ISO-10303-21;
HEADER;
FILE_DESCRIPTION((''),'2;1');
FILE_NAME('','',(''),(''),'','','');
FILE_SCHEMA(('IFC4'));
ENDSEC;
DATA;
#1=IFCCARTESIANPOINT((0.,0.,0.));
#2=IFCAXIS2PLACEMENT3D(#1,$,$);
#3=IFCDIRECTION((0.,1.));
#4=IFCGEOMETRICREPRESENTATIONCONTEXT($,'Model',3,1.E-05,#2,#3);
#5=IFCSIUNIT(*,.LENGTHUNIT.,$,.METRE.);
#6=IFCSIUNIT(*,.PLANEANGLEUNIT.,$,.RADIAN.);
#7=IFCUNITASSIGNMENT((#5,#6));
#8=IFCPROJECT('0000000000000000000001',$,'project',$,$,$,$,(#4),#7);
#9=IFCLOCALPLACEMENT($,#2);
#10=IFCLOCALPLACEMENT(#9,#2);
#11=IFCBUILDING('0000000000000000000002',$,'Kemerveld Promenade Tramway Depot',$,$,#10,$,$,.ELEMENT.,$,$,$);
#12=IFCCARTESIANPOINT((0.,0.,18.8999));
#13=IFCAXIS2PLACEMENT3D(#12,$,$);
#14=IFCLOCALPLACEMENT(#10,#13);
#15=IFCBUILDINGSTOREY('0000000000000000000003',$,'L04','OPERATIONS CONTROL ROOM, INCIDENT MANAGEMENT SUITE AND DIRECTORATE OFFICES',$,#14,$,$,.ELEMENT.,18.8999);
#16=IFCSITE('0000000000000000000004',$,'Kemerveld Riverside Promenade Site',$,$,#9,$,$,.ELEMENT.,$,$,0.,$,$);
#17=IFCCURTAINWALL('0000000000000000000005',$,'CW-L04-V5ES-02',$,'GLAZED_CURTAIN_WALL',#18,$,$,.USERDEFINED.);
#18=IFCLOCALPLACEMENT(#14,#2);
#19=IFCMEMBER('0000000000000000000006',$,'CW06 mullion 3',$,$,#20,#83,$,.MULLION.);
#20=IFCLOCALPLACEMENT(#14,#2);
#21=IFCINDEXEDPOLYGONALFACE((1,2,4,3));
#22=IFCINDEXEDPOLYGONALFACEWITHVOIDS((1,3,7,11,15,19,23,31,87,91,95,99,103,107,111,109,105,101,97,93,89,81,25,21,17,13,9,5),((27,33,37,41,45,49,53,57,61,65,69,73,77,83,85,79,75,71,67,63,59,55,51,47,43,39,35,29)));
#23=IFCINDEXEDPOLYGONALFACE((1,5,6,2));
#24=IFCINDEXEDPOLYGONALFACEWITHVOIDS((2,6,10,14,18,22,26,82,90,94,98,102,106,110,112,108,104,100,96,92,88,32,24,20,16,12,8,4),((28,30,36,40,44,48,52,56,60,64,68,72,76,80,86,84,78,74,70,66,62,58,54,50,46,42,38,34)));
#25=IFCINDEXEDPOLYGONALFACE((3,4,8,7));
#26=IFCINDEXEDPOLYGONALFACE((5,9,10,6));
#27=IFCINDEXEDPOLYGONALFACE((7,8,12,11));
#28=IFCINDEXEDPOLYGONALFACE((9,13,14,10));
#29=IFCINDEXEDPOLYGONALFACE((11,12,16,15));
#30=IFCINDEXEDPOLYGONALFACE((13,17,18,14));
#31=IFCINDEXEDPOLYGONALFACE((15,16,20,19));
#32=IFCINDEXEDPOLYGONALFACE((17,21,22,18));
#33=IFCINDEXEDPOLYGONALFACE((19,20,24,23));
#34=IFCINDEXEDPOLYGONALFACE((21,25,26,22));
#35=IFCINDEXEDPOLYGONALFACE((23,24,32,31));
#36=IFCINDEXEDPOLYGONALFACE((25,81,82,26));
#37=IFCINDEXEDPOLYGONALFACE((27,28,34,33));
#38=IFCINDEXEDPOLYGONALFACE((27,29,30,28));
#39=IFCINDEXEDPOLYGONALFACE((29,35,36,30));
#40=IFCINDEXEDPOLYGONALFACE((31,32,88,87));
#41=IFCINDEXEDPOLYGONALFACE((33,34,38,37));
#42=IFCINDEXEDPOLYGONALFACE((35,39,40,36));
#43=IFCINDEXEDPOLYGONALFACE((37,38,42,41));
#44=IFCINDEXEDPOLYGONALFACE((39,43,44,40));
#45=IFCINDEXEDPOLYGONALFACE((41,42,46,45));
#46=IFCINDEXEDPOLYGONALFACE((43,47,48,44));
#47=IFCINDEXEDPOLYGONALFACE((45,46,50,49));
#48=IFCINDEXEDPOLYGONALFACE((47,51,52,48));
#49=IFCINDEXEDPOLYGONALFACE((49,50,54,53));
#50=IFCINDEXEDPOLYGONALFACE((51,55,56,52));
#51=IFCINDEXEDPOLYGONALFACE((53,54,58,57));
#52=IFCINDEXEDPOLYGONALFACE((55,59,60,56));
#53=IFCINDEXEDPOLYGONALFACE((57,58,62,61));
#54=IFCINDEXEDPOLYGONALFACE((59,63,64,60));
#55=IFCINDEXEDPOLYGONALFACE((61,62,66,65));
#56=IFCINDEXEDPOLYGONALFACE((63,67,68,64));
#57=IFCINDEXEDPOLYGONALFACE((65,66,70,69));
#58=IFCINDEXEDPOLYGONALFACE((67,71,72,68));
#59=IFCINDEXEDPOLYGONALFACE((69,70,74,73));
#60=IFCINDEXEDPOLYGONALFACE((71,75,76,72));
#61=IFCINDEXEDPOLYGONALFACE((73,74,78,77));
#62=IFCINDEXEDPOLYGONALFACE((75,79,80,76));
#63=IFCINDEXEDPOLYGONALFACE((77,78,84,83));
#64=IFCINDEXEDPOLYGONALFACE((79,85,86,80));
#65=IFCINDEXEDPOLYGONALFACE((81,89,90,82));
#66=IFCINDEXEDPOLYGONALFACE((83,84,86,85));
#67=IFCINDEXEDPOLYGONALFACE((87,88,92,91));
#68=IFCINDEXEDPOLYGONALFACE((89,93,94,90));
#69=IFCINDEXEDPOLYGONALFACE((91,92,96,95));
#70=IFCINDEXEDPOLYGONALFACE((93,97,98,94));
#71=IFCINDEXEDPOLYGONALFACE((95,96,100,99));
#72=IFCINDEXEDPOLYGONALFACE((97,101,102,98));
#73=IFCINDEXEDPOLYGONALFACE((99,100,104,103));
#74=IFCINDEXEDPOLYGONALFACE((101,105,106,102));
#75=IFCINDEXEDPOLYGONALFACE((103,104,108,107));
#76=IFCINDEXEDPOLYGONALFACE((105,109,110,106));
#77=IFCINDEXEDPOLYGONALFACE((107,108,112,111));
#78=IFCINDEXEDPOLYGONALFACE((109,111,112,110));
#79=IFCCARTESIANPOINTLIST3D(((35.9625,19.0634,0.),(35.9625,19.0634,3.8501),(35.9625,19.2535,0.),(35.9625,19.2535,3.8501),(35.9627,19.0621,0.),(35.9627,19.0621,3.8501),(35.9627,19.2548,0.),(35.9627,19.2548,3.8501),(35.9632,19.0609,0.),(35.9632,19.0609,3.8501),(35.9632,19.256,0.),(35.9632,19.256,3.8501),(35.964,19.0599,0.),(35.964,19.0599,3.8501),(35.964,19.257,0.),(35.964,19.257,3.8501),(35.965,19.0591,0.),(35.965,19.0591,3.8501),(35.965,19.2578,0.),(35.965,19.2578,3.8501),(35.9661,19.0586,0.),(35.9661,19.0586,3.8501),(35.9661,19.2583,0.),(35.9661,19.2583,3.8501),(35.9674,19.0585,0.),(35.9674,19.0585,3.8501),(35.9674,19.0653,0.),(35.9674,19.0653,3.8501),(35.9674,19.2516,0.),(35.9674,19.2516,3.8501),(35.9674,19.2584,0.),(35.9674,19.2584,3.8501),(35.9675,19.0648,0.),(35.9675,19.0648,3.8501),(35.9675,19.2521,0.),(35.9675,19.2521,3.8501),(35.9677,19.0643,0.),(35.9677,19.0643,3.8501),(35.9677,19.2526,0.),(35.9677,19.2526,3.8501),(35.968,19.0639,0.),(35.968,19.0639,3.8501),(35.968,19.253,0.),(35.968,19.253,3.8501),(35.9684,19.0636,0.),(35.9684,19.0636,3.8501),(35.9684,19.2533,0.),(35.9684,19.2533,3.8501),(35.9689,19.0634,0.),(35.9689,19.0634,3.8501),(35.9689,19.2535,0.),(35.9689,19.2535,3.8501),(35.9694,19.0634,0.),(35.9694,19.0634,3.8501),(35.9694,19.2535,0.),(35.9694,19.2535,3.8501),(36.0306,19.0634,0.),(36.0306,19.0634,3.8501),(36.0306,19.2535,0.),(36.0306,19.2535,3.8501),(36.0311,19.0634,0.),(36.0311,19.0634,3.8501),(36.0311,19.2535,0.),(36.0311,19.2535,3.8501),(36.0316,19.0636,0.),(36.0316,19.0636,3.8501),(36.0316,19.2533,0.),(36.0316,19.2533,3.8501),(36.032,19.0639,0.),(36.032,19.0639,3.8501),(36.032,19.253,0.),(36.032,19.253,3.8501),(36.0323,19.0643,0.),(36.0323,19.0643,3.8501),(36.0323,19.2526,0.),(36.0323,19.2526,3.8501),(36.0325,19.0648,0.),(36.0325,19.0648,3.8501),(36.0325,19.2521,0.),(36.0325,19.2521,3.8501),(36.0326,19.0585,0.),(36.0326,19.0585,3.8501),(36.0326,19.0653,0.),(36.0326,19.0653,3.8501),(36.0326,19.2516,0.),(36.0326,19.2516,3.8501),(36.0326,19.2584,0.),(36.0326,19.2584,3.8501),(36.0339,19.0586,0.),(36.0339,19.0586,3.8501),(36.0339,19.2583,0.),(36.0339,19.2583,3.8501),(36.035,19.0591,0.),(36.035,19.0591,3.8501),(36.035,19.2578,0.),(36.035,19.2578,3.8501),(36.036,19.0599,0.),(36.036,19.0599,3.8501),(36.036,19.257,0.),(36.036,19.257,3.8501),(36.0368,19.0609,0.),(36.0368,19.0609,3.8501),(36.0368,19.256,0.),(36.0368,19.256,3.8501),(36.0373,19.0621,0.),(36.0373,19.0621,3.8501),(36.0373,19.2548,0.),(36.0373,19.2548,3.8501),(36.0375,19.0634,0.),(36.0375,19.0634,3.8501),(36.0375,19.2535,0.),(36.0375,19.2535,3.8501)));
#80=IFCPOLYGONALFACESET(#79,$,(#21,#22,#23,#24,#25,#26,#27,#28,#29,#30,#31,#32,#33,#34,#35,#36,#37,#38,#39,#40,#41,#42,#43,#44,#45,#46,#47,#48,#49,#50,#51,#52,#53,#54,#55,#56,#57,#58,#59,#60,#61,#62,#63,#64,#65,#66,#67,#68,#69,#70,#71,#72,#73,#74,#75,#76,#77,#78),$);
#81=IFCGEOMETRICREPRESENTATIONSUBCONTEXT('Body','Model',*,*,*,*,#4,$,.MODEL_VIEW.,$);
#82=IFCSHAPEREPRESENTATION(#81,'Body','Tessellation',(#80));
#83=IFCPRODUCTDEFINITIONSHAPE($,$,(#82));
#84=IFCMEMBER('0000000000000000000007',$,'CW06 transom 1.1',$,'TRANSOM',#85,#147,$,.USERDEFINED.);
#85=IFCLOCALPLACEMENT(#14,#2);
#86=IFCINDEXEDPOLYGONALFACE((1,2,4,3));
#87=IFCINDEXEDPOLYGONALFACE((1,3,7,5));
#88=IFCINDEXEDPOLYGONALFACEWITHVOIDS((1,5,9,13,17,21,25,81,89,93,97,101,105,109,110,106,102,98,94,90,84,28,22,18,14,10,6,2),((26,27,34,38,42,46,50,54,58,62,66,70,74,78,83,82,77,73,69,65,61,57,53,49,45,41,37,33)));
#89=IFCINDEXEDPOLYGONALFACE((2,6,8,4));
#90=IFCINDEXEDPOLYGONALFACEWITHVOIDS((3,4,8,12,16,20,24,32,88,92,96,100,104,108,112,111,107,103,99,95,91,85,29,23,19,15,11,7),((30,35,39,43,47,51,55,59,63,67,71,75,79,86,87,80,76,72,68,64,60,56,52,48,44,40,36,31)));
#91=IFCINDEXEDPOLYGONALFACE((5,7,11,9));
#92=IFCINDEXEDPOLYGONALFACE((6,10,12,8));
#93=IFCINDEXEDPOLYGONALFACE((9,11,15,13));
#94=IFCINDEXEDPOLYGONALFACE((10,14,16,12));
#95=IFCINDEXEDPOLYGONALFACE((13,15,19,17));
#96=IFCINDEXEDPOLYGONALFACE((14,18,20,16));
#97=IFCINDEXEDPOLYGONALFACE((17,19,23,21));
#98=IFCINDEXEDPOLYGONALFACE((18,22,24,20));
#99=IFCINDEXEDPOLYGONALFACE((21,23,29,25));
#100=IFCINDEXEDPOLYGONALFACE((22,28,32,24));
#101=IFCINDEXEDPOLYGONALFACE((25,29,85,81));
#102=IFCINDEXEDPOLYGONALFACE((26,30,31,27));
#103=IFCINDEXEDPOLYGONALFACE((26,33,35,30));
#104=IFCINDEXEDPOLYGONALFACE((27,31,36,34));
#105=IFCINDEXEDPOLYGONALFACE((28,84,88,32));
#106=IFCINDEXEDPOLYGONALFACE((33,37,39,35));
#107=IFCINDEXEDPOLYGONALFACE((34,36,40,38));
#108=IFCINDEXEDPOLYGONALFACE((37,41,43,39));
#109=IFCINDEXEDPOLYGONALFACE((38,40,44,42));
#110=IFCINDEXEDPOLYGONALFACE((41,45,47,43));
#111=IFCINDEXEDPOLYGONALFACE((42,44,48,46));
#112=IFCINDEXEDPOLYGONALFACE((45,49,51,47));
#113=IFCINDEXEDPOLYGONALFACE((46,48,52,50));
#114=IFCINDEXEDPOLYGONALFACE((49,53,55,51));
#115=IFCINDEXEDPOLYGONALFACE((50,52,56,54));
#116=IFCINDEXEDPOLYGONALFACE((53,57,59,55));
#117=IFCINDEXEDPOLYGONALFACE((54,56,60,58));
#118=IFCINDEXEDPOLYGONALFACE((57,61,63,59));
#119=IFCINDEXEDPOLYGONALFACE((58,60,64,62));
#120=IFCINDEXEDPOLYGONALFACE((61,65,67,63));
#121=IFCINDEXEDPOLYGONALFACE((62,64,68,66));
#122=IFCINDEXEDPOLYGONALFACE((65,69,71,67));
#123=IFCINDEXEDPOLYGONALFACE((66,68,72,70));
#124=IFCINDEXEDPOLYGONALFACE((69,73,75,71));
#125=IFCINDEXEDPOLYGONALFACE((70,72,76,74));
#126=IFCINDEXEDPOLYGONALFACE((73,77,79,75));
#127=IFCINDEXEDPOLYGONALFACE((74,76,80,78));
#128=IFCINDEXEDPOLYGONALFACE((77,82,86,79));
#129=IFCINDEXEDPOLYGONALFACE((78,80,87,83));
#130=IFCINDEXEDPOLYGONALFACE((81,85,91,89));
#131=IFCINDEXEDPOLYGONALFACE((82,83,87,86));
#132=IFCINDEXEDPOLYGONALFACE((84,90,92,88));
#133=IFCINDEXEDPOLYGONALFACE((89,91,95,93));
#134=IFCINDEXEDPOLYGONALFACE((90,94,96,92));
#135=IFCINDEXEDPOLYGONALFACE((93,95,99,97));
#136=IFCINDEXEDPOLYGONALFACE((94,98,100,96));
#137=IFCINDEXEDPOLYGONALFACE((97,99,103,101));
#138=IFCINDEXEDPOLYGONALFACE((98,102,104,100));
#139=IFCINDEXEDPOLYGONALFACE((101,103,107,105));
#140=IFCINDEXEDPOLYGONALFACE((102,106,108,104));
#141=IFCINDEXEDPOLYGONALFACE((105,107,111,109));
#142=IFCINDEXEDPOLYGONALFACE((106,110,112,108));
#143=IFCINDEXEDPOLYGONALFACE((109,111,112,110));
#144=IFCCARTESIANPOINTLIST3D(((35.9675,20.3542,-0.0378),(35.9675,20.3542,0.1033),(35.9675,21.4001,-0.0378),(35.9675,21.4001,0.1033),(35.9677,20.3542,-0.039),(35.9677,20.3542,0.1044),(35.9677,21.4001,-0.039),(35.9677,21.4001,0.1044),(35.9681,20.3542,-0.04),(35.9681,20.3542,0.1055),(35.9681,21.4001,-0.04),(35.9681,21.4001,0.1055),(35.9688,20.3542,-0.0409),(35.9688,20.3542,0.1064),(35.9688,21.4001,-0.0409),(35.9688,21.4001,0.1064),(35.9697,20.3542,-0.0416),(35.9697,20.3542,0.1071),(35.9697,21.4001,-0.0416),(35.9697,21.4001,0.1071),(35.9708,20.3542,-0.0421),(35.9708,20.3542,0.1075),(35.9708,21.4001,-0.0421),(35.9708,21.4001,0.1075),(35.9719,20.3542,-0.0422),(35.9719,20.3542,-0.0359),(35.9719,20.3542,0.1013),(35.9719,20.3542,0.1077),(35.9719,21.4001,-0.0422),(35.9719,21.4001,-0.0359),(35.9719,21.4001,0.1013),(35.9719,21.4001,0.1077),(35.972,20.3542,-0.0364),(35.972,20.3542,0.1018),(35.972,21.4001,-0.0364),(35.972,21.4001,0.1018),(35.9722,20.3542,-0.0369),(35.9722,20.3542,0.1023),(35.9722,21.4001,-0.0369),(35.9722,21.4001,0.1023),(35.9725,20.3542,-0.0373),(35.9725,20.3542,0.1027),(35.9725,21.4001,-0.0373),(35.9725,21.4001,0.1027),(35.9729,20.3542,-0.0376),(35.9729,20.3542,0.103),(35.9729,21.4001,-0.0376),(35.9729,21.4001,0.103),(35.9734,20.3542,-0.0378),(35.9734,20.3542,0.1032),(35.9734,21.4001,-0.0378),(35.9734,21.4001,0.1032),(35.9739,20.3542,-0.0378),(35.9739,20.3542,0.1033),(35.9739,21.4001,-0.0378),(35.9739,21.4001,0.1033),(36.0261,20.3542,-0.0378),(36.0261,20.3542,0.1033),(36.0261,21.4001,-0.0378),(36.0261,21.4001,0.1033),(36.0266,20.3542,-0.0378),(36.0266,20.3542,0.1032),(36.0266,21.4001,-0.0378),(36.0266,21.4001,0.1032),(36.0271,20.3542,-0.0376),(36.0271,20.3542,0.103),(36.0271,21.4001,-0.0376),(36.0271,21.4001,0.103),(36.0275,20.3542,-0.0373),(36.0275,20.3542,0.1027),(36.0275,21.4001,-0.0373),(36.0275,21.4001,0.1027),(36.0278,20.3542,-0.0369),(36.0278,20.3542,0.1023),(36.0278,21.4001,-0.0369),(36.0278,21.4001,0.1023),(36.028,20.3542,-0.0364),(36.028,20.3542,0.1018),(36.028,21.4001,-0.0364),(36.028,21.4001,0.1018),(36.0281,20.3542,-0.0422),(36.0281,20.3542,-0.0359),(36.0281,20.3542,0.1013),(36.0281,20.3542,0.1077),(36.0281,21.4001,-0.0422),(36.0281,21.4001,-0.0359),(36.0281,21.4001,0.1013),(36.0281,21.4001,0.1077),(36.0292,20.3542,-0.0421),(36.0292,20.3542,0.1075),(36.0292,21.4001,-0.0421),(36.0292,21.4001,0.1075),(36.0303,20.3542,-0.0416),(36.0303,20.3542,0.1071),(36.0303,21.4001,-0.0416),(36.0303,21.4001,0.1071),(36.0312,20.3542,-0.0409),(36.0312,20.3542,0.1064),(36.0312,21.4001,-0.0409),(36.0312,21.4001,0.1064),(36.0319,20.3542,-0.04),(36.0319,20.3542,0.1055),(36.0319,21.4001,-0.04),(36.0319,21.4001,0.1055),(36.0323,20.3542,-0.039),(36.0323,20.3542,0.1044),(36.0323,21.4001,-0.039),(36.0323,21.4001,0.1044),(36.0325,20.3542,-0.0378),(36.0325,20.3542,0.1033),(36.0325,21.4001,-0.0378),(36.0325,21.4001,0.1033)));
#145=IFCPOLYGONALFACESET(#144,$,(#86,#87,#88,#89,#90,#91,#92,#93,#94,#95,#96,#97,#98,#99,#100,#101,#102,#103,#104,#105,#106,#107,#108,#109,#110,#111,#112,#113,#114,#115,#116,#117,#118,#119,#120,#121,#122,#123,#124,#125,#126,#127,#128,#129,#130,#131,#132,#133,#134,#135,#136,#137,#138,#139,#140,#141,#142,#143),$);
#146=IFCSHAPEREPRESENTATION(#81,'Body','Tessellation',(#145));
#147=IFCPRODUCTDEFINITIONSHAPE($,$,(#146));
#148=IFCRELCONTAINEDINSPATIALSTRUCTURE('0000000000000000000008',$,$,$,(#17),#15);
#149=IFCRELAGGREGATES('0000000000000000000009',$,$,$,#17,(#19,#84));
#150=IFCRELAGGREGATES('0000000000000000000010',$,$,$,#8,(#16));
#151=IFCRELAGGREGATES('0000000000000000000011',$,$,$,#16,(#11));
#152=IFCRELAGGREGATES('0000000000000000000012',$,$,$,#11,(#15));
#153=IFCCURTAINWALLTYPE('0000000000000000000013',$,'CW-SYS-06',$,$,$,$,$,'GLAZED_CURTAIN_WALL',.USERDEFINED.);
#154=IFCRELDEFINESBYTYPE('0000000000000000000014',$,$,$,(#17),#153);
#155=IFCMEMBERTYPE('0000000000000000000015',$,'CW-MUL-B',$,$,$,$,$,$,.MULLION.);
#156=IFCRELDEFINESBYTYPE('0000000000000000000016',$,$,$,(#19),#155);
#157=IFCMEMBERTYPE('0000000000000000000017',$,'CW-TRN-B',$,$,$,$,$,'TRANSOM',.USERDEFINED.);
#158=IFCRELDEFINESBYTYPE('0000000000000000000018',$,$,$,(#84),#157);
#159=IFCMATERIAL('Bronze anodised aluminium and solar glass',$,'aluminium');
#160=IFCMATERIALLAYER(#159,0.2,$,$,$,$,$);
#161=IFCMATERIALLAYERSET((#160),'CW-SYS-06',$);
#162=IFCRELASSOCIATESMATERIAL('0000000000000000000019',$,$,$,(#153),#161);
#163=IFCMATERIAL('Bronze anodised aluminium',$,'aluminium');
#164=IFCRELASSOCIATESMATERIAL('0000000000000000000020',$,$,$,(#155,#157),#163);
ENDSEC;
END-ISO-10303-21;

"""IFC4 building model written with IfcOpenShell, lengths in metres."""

from ifc_helpers import new_model, si_unit, direction, frame, origin, origin_2d, place, context, subcontext, project, spatial, hollow_rectangle, extrude, material, layer, layer_set, material_profile, profile_set, type_object, element, aggregate, save


model = new_model("IFC4")

# Units and contexts
model_context = context("Model", 3, precision=1e-05, world=origin(), true_north=direction((0.0, 1.0)))
body_context = subcontext(model_context, "Body", "Model", "MODEL_VIEW")
ifc_project = project(units=[si_unit("LENGTHUNIT", "METRE"), si_unit("PLANEANGLEUNIT", "RADIAN")], contexts=[model_context])

# Site, building, storey
site_placement = place(None, origin())
site = spatial("IfcSite", under=ifc_project, at=site_placement, Name="Kemerveld Riverside Promenade Site", CompositionType="ELEMENT", RefElevation=0.0)
building_placement = place(site_placement, origin())
building = spatial("IfcBuilding", under=site, at=building_placement, Name="Kemerveld Promenade Tramway Depot", CompositionType="ELEMENT")
storey_placement = place(building_placement, frame((0.0, 0.0, 18.8999)))
storey = spatial("IfcBuildingStorey", under=building, at=storey_placement, Name="L04", Description="OPERATIONS CONTROL ROOM, INCIDENT MANAGEMENT SUITE AND DIRECTORATE OFFICES", CompositionType="ELEMENT", Elevation=18.8999)

# Curtain wall, members
ifc_material_1 = material(Name="Bronze anodised aluminium and solar glass", Category="aluminium")
ifc_layer_1 = layer(ifc_material_1, 0.2)
ifc_layer_set_1 = layer_set([ifc_layer_1], Name="CW-SYS-06")
curtain_wall_type = type_object("IfcCurtainWallType", Name="CW-SYS-06", ElementType="GLAZED_CURTAIN_WALL", PredefinedType="USERDEFINED", material=ifc_layer_set_1)
curtain_wall_placement = place(storey_placement, origin())
curtain_wall = element("IfcCurtainWall", 1, at=curtain_wall_placement, inside=storey, type_object=curtain_wall_type, Name="CW-L04-V5ES-02", ObjectType="GLAZED_CURTAIN_WALL", PredefinedType="USERDEFINED")
ifc_material_2 = material(Name="Bronze anodised aluminium", Category="aluminium")
ifc_material_profile_1 = material_profile(ifc_material_2, hollow_rectangle(XDim=0.075, YDim=0.2, WallThickness=0.0049, InnerFilletRadius=0.002, OuterFilletRadius=0.0049, at=origin_2d()), Name="CW-MUL-200x75")
ifc_profile_set_1 = profile_set([ifc_material_profile_1], Name="Bronze anodised aluminium")
member_type_1 = type_object("IfcMemberType", Name="CW-MUL-B", PredefinedType="MULLION", material=ifc_profile_set_1)
member_1_placement = place(storey_placement, frame((36.0, 19.1584, 0.0), z_axis=(0.0, 0.0, 1.0), x_axis=(1.0, 0.0, 0.0)))
member_1 = element("IfcMember", 2, at=member_1_placement, type_object=member_type_1, Name="CW06 mullion 3", PredefinedType="MULLION", context=body_context, shape_type="SweptSolid", body=[
    extrude(hollow_rectangle(XDim=0.075, YDim=0.2, WallThickness=0.0049, InnerFilletRadius=0.002, OuterFilletRadius=0.0049, at=origin_2d()), origin(), (0.0, 0.0, 1.0), 3.8501),
])
ifc_material_profile_2 = material_profile(ifc_material_2, hollow_rectangle(XDim=0.0649, YDim=0.1499, WallThickness=0.0044, InnerFilletRadius=0.002, OuterFilletRadius=0.0044, at=origin_2d()), Name="CW-TRN-150x65")
ifc_profile_set_2 = profile_set([ifc_material_profile_2], Name="Bronze anodised aluminium")
member_type_2 = type_object("IfcMemberType", Name="CW-TRN-B", ElementType="TRANSOM", PredefinedType="USERDEFINED", material=ifc_profile_set_2)
member_2_placement = place(storey_placement, frame((36.0, 21.4001, 0.0327), z_axis=(0.0, -1.0, 0.0), x_axis=(1.0, 0.0, 0.0)))
member_2 = element("IfcMember", 3, at=member_2_placement, type_object=member_type_2, Name="CW06 transom 1.1", ObjectType="TRANSOM", PredefinedType="USERDEFINED", context=body_context, shape_type="SweptSolid", body=[
    extrude(hollow_rectangle(XDim=0.0649, YDim=0.1499, WallThickness=0.0044, InnerFilletRadius=0.002, OuterFilletRadius=0.0044, at=origin_2d()), origin(), (0.0, 0.0, 1.0), 1.0459),
])
aggregate(curtain_wall, [member_1, member_2])

save(model, "model.ifc")
